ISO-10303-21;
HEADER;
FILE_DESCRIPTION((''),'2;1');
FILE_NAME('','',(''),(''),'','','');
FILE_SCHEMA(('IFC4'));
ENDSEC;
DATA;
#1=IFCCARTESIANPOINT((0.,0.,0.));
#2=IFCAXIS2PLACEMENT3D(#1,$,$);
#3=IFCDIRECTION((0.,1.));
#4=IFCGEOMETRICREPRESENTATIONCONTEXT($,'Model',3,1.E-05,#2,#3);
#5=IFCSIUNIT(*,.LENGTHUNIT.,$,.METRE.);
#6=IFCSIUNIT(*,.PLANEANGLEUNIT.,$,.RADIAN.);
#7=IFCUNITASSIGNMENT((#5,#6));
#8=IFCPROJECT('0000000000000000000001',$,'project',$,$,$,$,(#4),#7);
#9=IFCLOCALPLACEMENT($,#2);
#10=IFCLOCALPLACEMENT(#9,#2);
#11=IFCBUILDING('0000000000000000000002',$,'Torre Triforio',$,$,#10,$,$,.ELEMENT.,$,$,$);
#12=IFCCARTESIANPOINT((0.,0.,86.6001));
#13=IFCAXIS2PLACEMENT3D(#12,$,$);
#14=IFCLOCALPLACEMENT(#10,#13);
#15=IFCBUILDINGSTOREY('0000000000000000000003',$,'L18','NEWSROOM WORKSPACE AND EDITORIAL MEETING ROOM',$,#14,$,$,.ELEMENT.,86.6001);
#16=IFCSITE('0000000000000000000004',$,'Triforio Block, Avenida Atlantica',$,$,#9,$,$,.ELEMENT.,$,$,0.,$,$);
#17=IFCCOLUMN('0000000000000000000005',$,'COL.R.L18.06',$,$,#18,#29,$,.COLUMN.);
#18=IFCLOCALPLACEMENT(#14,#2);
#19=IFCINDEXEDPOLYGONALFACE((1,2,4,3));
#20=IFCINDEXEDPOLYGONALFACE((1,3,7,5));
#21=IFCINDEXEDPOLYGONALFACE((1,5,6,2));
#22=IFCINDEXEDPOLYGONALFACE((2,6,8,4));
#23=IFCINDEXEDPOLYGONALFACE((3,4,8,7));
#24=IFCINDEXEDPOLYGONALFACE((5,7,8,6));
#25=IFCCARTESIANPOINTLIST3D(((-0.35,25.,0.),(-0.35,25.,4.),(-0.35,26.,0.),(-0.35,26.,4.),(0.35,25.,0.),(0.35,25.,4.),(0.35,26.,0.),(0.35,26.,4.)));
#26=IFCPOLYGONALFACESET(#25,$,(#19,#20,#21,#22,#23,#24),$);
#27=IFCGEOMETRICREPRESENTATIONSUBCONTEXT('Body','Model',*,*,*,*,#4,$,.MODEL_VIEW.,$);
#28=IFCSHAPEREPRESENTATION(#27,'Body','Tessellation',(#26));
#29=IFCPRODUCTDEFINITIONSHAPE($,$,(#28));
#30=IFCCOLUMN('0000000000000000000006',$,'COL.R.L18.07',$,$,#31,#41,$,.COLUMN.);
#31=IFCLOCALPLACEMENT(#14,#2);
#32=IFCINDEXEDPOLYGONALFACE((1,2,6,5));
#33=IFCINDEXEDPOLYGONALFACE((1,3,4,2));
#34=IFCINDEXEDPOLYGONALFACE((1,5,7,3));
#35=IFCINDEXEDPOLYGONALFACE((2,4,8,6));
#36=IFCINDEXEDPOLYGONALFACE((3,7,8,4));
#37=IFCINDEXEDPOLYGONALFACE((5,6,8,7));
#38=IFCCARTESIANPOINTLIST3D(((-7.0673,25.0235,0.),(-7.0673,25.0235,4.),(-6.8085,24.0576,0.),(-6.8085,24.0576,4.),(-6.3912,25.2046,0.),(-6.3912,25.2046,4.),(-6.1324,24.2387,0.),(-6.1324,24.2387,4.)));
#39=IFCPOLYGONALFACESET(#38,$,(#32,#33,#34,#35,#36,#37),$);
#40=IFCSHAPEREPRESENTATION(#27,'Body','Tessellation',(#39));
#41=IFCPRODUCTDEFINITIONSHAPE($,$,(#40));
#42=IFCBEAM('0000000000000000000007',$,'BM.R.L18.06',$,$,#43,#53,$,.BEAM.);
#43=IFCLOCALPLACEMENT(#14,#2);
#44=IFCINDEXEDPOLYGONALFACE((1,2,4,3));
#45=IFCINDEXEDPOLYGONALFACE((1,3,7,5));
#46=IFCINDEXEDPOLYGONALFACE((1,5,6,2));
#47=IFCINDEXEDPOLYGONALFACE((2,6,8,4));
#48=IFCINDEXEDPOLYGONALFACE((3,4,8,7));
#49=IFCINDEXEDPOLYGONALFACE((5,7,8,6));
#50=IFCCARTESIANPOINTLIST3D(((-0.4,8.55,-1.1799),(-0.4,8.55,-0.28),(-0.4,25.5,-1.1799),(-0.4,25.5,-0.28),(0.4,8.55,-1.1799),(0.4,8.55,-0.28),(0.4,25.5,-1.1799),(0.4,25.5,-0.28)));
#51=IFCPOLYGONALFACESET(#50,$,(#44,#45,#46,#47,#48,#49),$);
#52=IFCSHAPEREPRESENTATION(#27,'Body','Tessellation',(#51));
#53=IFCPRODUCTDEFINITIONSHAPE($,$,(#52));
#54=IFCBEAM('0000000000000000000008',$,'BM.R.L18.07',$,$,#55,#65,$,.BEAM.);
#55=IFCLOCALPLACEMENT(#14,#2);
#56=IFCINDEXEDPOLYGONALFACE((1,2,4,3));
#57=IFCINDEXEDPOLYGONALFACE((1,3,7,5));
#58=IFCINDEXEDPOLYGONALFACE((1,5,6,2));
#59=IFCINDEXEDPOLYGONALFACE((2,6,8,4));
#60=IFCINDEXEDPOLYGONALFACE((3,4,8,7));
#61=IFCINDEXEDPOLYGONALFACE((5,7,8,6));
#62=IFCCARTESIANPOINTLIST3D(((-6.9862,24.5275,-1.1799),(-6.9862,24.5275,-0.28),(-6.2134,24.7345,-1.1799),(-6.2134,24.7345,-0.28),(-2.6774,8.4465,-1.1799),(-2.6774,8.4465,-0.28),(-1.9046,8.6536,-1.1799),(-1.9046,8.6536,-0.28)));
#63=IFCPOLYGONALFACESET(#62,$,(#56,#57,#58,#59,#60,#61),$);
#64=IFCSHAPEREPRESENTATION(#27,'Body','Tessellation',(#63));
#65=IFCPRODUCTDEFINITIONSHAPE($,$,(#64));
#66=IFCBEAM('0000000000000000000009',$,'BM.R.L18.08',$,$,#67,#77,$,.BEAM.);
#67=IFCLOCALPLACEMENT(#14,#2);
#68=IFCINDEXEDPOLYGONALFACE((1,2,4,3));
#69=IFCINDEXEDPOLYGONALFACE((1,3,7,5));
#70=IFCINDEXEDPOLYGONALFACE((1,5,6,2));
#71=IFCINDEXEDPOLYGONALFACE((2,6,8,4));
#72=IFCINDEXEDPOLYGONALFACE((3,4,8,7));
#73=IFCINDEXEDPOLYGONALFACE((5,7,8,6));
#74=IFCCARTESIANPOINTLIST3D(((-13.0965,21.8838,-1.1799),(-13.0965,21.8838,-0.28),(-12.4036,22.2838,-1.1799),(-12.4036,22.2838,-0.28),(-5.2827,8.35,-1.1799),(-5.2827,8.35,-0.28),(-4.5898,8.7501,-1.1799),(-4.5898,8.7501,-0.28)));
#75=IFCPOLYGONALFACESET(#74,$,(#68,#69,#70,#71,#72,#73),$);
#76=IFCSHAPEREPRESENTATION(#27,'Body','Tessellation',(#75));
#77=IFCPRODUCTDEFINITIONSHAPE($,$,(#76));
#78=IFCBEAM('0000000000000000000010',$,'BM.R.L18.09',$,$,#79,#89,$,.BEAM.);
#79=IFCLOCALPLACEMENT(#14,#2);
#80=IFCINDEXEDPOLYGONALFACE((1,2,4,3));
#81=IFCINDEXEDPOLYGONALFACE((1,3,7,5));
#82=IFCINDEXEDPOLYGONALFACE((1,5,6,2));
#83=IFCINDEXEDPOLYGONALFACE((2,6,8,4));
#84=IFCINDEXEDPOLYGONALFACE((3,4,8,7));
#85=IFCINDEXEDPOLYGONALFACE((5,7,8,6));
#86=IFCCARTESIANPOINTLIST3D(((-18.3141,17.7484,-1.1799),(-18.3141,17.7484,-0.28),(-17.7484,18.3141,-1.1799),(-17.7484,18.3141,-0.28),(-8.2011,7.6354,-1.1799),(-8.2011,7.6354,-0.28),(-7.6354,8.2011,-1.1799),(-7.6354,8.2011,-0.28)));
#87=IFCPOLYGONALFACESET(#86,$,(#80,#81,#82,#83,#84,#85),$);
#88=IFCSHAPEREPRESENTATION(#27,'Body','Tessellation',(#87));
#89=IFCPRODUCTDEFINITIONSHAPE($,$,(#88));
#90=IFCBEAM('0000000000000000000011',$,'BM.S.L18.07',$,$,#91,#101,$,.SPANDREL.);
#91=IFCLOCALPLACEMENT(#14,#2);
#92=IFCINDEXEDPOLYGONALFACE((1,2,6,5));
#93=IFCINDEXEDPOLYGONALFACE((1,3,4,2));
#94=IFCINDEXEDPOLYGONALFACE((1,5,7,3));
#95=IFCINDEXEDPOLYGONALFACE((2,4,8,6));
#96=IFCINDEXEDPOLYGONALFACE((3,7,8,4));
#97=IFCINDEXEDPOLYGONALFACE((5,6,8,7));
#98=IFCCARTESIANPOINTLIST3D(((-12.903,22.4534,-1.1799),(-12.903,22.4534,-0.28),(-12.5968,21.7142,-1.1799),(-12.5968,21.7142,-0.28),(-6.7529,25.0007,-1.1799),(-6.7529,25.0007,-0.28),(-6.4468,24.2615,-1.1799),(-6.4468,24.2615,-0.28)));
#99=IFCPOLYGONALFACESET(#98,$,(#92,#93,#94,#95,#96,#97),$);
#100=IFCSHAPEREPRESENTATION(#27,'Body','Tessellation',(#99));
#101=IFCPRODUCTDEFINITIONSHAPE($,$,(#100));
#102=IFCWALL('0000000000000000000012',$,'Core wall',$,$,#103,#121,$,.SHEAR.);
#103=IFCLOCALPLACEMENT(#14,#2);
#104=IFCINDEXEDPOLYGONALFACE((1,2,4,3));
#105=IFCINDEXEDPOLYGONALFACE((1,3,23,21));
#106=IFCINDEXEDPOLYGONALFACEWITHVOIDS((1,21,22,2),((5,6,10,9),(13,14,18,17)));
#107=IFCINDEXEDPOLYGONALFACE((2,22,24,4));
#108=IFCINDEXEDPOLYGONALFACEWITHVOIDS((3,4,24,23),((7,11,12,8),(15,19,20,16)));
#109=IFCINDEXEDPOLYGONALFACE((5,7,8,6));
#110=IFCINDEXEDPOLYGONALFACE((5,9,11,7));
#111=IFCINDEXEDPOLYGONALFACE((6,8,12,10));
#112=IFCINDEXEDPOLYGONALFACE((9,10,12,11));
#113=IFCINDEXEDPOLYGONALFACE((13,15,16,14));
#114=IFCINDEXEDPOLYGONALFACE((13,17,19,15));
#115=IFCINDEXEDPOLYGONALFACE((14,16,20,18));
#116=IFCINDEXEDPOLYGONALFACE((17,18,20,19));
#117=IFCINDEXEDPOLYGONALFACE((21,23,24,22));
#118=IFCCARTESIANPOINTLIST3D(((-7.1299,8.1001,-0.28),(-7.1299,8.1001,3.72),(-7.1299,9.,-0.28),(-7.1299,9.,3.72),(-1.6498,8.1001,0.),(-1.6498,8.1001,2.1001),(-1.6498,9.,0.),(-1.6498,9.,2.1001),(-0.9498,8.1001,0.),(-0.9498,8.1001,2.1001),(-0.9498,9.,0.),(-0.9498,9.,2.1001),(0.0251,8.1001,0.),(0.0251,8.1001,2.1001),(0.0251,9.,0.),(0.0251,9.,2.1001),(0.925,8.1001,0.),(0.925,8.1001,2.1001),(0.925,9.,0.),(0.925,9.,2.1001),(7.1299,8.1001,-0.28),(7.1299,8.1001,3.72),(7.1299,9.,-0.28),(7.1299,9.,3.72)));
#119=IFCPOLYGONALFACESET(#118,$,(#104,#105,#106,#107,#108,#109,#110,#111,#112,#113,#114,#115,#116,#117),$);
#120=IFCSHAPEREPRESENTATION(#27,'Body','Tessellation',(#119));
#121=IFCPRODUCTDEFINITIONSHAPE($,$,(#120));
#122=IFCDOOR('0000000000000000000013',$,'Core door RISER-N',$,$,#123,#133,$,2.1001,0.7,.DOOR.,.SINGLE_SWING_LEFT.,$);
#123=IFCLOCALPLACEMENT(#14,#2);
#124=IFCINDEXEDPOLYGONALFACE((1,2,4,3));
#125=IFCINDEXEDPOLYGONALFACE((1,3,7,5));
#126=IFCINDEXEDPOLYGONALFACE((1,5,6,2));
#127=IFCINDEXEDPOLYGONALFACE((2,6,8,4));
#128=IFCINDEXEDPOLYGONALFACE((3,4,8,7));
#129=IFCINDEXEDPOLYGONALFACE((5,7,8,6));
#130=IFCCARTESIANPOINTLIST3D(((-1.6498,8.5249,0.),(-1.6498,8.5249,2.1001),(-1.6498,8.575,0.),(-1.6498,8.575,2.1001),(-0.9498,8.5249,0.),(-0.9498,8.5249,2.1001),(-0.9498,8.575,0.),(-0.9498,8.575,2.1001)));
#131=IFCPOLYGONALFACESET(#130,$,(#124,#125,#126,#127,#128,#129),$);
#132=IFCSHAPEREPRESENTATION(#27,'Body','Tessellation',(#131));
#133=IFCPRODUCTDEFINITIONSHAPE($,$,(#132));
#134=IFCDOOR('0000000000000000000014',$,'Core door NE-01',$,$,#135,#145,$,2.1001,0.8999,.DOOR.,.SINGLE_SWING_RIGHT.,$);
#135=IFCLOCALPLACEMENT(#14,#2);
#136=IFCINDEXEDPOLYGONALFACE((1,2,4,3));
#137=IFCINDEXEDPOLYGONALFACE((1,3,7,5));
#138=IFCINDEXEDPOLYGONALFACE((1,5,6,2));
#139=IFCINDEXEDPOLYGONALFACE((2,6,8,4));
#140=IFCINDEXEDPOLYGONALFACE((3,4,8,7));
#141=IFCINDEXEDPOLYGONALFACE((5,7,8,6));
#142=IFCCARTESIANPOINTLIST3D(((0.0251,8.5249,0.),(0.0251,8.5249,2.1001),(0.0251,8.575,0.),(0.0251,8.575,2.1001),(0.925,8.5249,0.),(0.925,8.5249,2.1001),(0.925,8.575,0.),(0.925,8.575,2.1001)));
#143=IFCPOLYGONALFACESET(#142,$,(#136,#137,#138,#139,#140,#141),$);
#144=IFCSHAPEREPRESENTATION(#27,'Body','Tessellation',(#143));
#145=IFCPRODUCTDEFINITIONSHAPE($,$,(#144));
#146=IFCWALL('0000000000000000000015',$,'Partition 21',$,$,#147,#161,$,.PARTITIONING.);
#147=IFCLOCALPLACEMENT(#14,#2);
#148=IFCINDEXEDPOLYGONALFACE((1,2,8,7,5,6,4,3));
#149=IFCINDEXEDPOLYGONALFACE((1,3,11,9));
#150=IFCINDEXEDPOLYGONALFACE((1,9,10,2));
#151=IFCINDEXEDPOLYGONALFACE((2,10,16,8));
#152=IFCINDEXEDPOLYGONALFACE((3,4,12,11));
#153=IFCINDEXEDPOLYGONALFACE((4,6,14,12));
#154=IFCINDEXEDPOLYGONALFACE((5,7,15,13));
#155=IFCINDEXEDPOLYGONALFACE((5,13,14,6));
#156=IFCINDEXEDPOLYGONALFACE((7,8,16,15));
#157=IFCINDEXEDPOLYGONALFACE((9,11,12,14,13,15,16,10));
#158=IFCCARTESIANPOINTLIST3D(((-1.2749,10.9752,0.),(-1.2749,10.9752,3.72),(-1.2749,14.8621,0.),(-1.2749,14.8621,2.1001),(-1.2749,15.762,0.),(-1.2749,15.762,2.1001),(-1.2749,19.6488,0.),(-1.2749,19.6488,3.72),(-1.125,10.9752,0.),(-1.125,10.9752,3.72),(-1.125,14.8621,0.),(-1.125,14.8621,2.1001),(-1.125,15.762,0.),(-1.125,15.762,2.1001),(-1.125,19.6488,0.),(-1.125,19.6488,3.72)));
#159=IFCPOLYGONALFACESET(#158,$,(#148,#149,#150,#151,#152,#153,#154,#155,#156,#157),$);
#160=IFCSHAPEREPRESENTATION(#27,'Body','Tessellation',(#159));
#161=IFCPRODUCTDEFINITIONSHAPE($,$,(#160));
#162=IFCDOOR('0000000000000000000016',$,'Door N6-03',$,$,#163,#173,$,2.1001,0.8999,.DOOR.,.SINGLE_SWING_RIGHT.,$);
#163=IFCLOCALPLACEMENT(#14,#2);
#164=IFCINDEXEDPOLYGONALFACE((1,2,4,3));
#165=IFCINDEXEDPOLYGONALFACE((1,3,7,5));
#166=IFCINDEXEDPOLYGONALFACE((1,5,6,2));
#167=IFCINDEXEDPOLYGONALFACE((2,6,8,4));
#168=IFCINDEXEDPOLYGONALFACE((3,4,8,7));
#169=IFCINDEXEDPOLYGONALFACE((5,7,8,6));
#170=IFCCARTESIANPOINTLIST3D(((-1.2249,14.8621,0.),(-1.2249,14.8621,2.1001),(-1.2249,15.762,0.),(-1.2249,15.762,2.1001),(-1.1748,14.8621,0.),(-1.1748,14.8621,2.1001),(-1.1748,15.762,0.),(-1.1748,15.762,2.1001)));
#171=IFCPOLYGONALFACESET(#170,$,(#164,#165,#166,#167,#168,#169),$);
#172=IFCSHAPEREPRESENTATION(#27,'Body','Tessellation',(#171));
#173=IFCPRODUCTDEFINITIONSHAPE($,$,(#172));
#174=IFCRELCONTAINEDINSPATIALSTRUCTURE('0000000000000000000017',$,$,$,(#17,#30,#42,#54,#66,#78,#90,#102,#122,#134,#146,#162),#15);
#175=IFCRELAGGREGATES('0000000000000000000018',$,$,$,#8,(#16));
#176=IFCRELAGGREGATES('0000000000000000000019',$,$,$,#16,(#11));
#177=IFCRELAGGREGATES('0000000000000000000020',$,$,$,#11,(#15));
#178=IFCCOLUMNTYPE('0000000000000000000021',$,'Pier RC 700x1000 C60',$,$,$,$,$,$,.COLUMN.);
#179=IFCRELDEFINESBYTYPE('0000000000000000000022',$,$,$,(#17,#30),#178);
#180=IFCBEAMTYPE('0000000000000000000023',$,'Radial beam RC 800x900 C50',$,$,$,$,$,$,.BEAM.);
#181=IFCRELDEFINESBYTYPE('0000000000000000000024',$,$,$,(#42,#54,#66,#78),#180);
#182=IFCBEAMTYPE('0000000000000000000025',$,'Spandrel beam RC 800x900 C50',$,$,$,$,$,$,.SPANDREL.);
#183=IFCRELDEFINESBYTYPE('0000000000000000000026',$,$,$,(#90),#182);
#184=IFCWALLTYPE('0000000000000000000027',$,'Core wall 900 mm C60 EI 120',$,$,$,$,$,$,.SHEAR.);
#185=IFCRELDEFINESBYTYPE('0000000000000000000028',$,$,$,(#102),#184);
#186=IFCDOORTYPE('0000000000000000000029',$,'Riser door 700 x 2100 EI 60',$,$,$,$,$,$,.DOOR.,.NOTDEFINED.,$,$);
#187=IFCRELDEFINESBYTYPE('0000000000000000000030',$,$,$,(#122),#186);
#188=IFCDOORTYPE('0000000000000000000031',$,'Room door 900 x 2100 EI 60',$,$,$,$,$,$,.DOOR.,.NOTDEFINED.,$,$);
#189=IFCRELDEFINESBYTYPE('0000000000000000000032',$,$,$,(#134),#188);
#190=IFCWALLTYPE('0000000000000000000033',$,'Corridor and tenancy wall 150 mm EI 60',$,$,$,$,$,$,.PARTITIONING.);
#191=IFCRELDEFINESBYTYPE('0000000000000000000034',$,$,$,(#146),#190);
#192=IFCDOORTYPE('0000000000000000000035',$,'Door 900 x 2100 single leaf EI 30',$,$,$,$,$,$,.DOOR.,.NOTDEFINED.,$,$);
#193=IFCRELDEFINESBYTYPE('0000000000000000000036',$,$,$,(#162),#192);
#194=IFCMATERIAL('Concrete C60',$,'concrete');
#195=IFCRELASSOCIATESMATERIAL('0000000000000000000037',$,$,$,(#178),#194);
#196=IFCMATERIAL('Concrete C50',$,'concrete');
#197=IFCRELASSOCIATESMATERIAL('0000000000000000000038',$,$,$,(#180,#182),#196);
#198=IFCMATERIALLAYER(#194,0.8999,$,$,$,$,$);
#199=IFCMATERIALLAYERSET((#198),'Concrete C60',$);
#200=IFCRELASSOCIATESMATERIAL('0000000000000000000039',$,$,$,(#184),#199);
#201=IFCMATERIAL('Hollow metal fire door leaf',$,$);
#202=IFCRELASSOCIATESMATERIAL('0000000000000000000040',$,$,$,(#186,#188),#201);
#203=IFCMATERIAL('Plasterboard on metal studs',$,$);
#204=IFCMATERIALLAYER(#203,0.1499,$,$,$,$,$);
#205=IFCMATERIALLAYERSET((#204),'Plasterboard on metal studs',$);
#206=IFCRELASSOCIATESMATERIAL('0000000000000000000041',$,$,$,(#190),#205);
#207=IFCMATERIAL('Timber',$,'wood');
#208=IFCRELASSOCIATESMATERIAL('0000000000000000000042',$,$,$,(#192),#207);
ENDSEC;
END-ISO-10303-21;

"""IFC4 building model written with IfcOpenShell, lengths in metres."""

from ifc_helpers import new_model, si_unit, direction, frame, frame_2d, origin, origin_2d, place, context, subcontext, project, spatial, rectangle, extrude, material, layer, layer_set, material_profile, profile_set, type_object, element, fill, save


model = new_model("IFC4")

# Units and contexts
model_context = context("Model", 3, precision=1e-05, world=origin(), true_north=direction((0.0, 1.0)))
body_context = subcontext(model_context, "Body", "Model", "MODEL_VIEW")
ifc_project = project(units=[si_unit("LENGTHUNIT", "METRE"), si_unit("PLANEANGLEUNIT", "RADIAN")], contexts=[model_context])

# Site, building, storey
site_placement = place(None, origin())
site = spatial("IfcSite", under=ifc_project, at=site_placement, Name="Triforio Block, Avenida Atlantica", CompositionType="ELEMENT", RefElevation=0.0)
building_placement = place(site_placement, origin())
building = spatial("IfcBuilding", under=site, at=building_placement, Name="Torre Triforio", CompositionType="ELEMENT")
storey_placement = place(building_placement, frame((0.0, 0.0, 86.6001)))
storey = spatial("IfcBuildingStorey", under=building, at=storey_placement, Name="L18", Description="NEWSROOM WORKSPACE AND EDITORIAL MEETING ROOM", CompositionType="ELEMENT", Elevation=86.6001)

# Columns
ifc_material_1 = material(Name="Concrete C60", Category="concrete")
ifc_material_profile_1 = material_profile(ifc_material_1, rectangle(XDim=0.7, YDim=1.0, at=origin_2d()), Name="RC 700x1000")
ifc_profile_set_1 = profile_set([ifc_material_profile_1], Name="Concrete C60")
column_type = type_object("IfcColumnType", Name="Pier RC 700x1000 C60", PredefinedType="COLUMN", material=ifc_profile_set_1)
for number, where, z_axis, x_axis, name in (
    (1, (0.0, 25.5, 0.0), (0.0, 0.0, 1.0), (-1.0, 0.0, 0.0), "COL.R.L18.06"),
    (2, (-6.5999, 24.6311, 0.0), (0.0, 0.0, 1.0), (-0.965926, -0.258819, 0.0), "COL.R.L18.07"),
):
    element("IfcColumn", number, at=place(storey_placement, frame(where, z_axis=z_axis, x_axis=x_axis)), inside=storey, type_object=column_type, Name=name, PredefinedType="COLUMN", context=body_context, shape_type="SweptSolid", body=[
        extrude(rectangle(XDim=0.7, YDim=1.0, at=origin_2d()), origin(), (0.0, 0.0, 1.0), 4.0),
    ])

# Beams
ifc_material_2 = material(Name="Concrete C50", Category="concrete")
ifc_material_profile_2 = material_profile(ifc_material_2, rectangle(XDim=0.8, YDim=0.8999, at=origin_2d()), Name="RC 800x900")
ifc_profile_set_2 = profile_set([ifc_material_profile_2], Name="Concrete C50")
beam_type_1 = type_object("IfcBeamType", Name="Radial beam RC 800x900 C50", PredefinedType="BEAM", material=ifc_profile_set_2)
beam_1_placement = place(storey_placement, frame((0.0, 8.55, -0.73), z_axis=(0.0, 1.0, 0.0), x_axis=(-1.0, 0.0, 0.0)))
element("IfcBeam", 3, at=beam_1_placement, inside=storey, type_object=beam_type_1, Name="BM.R.L18.06", PredefinedType="BEAM", context=body_context, shape_type="SweptSolid", body=[
    extrude(rectangle(XDim=0.8, YDim=0.8999, at=origin_2d()), origin(), (0.0, 0.0, 1.0), 16.95),
])
beam_2_placement = place(storey_placement, frame((-2.291, 8.55, -0.73), z_axis=(-0.258815, 0.965927, 0.0), x_axis=(-0.965927, -0.258815, 0.0)))
element("IfcBeam", 4, at=beam_2_placement, inside=storey, type_object=beam_type_1, Name="BM.R.L18.07", PredefinedType="BEAM", context=body_context, shape_type="SweptSolid", body=[
    extrude(rectangle(XDim=0.8, YDim=0.8999, at=origin_2d()), origin(), (0.0, 0.0, 1.0), 16.6482),
])
beam_3_placement = place(storey_placement, frame((-4.9363, 8.55, -0.73), z_axis=(-0.500002, 0.866024, 0.0), x_axis=(-0.866024, -0.500002, 0.0)))
element("IfcBeam", 5, at=beam_3_placement, inside=storey, type_object=beam_type_1, Name="BM.R.L18.08", PredefinedType="BEAM", context=body_context, shape_type="SweptSolid", body=[
    extrude(rectangle(XDim=0.8, YDim=0.8999, at=origin_2d()), origin(), (0.0, 0.0, 1.0), 15.6274),
])
beam_4_placement = place(storey_placement, frame((-7.9182, 7.9182, -0.73), z_axis=(-0.707107, 0.707107, 0.0), x_axis=(-0.707107, -0.707107, 0.0)))
element("IfcBeam", 6, at=beam_4_placement, inside=storey, type_object=beam_type_1, Name="BM.R.L18.09", PredefinedType="BEAM", context=body_context, shape_type="SweptSolid", body=[
    extrude(rectangle(XDim=0.8, YDim=0.8999, at=origin_2d()), origin(), (0.0, 0.0, 1.0), 14.302),
])
ifc_material_profile_3 = material_profile(ifc_material_2, rectangle(XDim=0.8, YDim=0.8999, at=origin_2d()), Name="RC 800x900")
ifc_profile_set_3 = profile_set([ifc_material_profile_3], Name="Concrete C50")
beam_type_2 = type_object("IfcBeamType", Name="Spandrel beam RC 800x900 C50", PredefinedType="SPANDREL", material=ifc_profile_set_3)
beam_5_placement = place(storey_placement, frame((-6.5999, 24.6311, -0.73), z_axis=(-0.923885, -0.382669, 0.0), x_axis=(0.382669, -0.923885, 0.0)))
element("IfcBeam", 7, at=beam_5_placement, inside=storey, type_object=beam_type_2, Name="BM.S.L18.07", PredefinedType="SPANDREL", context=body_context, shape_type="SweptSolid", body=[
    extrude(rectangle(XDim=0.8, YDim=0.8999, at=origin_2d()), origin(), (0.0, 0.0, 1.0), 6.6567),
])

# Wall, openings, doors
ifc_layer_1 = layer(ifc_material_1, 0.8999)
ifc_layer_set_1 = layer_set([ifc_layer_1], Name="Concrete C60")
wall_type_1 = type_object("IfcWallType", Name="Core wall 900 mm C60 EI 120", PredefinedType="SHEAR", material=ifc_layer_set_1)
wall_1_placement = place(storey_placement, frame((-7.1299, 8.55, -0.28), z_axis=(0.0, 0.0, 1.0), x_axis=(1.0, 0.0, 0.0)))
wall_1 = element("IfcWall", 8, at=wall_1_placement, inside=storey, type_object=wall_type_1, Name="Core wall", PredefinedType="SHEAR", context=body_context, shape_type="SweptSolid", body=[
    extrude(rectangle(XDim=14.2598, YDim=0.8999, at=frame_2d((7.1299, 0.0))), origin(), (0.0, 0.0, 1.0), 4.0),
])
opening_1_placement = place(wall_1_placement, frame((5.48, 0.0, 0.28)))
opening_1 = element("IfcOpeningElement", 9, at=opening_1_placement, cuts=wall_1, PredefinedType="OPENING", context=body_context, shape_type="SweptSolid", body=[
    extrude(rectangle(XDim=0.7, YDim=2.1001, at=frame_2d((0.3501, 1.05))), frame((0.0, 0.46, 0.0), z_axis=(0.0, -1.0, 0.0), x_axis=(1.0, 0.0, 0.0)), (0.0, 0.0, 1.0), 0.9199),
])
opening_2_placement = place(wall_1_placement, frame((7.155, 0.0, 0.28)))
opening_2 = element("IfcOpeningElement", 10, at=opening_2_placement, cuts=wall_1, PredefinedType="OPENING", context=body_context, shape_type="SweptSolid", body=[
    extrude(rectangle(XDim=0.8999, YDim=2.1001, at=frame_2d((0.45, 1.05))), frame((0.0, 0.46, 0.0), z_axis=(0.0, -1.0, 0.0), x_axis=(1.0, 0.0, 0.0)), (0.0, 0.0, 1.0), 0.9199),
])
ifc_material_3 = material(Name="Hollow metal fire door leaf")
door_type_1 = type_object("IfcDoorType", Name="Riser door 700 x 2100 EI 60", OperationType="NOTDEFINED", PredefinedType="DOOR", material=ifc_material_3)
door_1_placement = place(opening_1_placement, origin())
door_1 = element("IfcDoor", 11, at=door_1_placement, inside=storey, type_object=door_type_1, Name="Core door RISER-N", OperationType="SINGLE_SWING_LEFT", OverallHeight=2.1001, OverallWidth=0.7, PredefinedType="DOOR", context=body_context, shape_type="SweptSolid", body=[
    extrude(rectangle(XDim=0.7, YDim=2.1001, at=frame_2d((0.3501, 1.05))), frame((0.0, 0.0249, 0.0), z_axis=(0.0, -1.0, 0.0), x_axis=(1.0, 0.0, 0.0)), (0.0, 0.0, 1.0), 0.05),
])
fill(opening_1, door_1)
door_type_2 = type_object("IfcDoorType", Name="Room door 900 x 2100 EI 60", OperationType="NOTDEFINED", PredefinedType="DOOR", material=ifc_material_3)
door_2_placement = place(opening_2_placement, origin())
door_2 = element("IfcDoor", 12, at=door_2_placement, inside=storey, type_object=door_type_2, Name="Core door NE-01", OperationType="SINGLE_SWING_RIGHT", OverallHeight=2.1001, OverallWidth=0.8999, PredefinedType="DOOR", context=body_context, shape_type="SweptSolid", body=[
    extrude(rectangle(XDim=0.8999, YDim=2.1001, at=frame_2d((0.45, 1.05))), frame((0.0, 0.0249, 0.0), z_axis=(0.0, -1.0, 0.0), x_axis=(1.0, 0.0, 0.0)), (0.0, 0.0, 1.0), 0.05),
])
fill(opening_2, door_2)

# Wall, opening, door
ifc_material_4 = material(Name="Plasterboard on metal studs")
ifc_layer_2 = layer(ifc_material_4, 0.1499)
ifc_layer_set_2 = layer_set([ifc_layer_2], Name="Plasterboard on metal studs")
wall_type_2 = type_object("IfcWallType", Name="Corridor and tenancy wall 150 mm EI 60", PredefinedType="PARTITIONING", material=ifc_layer_set_2)
wall_2_placement = place(storey_placement, frame((-1.2, 10.9751, 0.0), z_axis=(0.0, 0.0, 1.0), x_axis=(0.0, 1.0, 0.0)))
wall_2 = element("IfcWall", 13, at=wall_2_placement, inside=storey, type_object=wall_type_2, Name="Partition 21", PredefinedType="PARTITIONING", context=body_context, shape_type="SweptSolid", body=[
    extrude(rectangle(XDim=8.6736, YDim=0.1499, at=frame_2d((4.3369, 0.0))), origin(), (0.0, 0.0, 1.0), 3.72),
])
opening_3_placement = place(wall_2_placement, frame((3.887, 0.0, 0.0)))
opening_3 = element("IfcOpeningElement", 14, at=opening_3_placement, cuts=wall_2, PredefinedType="OPENING", context=body_context, shape_type="SweptSolid", body=[
    extrude(rectangle(XDim=0.8999, YDim=2.1001, at=frame_2d((0.45, 1.05))), frame((0.0, 0.085, 0.0), z_axis=(0.0, -1.0, 0.0), x_axis=(1.0, 0.0, 0.0)), (0.0, 0.0, 1.0), 0.1699),
])
ifc_material_5 = material(Name="Timber", Category="wood")
door_type_3 = type_object("IfcDoorType", Name="Door 900 x 2100 single leaf EI 30", OperationType="NOTDEFINED", PredefinedType="DOOR", material=ifc_material_5)
door_3_placement = place(opening_3_placement, origin())
door_3 = element("IfcDoor", 15, at=door_3_placement, inside=storey, type_object=door_type_3, Name="Door N6-03", OperationType="SINGLE_SWING_RIGHT", OverallHeight=2.1001, OverallWidth=0.8999, PredefinedType="DOOR", context=body_context, shape_type="SweptSolid", body=[
    extrude(rectangle(XDim=0.8999, YDim=2.1001, at=frame_2d((0.45, 1.05))), frame((0.0, 0.0249, 0.0), z_axis=(0.0, -1.0, 0.0), x_axis=(1.0, 0.0, 0.0)), (0.0, 0.0, 1.0), 0.05),
])
fill(opening_3, door_3)

save(model, "model.ifc")
